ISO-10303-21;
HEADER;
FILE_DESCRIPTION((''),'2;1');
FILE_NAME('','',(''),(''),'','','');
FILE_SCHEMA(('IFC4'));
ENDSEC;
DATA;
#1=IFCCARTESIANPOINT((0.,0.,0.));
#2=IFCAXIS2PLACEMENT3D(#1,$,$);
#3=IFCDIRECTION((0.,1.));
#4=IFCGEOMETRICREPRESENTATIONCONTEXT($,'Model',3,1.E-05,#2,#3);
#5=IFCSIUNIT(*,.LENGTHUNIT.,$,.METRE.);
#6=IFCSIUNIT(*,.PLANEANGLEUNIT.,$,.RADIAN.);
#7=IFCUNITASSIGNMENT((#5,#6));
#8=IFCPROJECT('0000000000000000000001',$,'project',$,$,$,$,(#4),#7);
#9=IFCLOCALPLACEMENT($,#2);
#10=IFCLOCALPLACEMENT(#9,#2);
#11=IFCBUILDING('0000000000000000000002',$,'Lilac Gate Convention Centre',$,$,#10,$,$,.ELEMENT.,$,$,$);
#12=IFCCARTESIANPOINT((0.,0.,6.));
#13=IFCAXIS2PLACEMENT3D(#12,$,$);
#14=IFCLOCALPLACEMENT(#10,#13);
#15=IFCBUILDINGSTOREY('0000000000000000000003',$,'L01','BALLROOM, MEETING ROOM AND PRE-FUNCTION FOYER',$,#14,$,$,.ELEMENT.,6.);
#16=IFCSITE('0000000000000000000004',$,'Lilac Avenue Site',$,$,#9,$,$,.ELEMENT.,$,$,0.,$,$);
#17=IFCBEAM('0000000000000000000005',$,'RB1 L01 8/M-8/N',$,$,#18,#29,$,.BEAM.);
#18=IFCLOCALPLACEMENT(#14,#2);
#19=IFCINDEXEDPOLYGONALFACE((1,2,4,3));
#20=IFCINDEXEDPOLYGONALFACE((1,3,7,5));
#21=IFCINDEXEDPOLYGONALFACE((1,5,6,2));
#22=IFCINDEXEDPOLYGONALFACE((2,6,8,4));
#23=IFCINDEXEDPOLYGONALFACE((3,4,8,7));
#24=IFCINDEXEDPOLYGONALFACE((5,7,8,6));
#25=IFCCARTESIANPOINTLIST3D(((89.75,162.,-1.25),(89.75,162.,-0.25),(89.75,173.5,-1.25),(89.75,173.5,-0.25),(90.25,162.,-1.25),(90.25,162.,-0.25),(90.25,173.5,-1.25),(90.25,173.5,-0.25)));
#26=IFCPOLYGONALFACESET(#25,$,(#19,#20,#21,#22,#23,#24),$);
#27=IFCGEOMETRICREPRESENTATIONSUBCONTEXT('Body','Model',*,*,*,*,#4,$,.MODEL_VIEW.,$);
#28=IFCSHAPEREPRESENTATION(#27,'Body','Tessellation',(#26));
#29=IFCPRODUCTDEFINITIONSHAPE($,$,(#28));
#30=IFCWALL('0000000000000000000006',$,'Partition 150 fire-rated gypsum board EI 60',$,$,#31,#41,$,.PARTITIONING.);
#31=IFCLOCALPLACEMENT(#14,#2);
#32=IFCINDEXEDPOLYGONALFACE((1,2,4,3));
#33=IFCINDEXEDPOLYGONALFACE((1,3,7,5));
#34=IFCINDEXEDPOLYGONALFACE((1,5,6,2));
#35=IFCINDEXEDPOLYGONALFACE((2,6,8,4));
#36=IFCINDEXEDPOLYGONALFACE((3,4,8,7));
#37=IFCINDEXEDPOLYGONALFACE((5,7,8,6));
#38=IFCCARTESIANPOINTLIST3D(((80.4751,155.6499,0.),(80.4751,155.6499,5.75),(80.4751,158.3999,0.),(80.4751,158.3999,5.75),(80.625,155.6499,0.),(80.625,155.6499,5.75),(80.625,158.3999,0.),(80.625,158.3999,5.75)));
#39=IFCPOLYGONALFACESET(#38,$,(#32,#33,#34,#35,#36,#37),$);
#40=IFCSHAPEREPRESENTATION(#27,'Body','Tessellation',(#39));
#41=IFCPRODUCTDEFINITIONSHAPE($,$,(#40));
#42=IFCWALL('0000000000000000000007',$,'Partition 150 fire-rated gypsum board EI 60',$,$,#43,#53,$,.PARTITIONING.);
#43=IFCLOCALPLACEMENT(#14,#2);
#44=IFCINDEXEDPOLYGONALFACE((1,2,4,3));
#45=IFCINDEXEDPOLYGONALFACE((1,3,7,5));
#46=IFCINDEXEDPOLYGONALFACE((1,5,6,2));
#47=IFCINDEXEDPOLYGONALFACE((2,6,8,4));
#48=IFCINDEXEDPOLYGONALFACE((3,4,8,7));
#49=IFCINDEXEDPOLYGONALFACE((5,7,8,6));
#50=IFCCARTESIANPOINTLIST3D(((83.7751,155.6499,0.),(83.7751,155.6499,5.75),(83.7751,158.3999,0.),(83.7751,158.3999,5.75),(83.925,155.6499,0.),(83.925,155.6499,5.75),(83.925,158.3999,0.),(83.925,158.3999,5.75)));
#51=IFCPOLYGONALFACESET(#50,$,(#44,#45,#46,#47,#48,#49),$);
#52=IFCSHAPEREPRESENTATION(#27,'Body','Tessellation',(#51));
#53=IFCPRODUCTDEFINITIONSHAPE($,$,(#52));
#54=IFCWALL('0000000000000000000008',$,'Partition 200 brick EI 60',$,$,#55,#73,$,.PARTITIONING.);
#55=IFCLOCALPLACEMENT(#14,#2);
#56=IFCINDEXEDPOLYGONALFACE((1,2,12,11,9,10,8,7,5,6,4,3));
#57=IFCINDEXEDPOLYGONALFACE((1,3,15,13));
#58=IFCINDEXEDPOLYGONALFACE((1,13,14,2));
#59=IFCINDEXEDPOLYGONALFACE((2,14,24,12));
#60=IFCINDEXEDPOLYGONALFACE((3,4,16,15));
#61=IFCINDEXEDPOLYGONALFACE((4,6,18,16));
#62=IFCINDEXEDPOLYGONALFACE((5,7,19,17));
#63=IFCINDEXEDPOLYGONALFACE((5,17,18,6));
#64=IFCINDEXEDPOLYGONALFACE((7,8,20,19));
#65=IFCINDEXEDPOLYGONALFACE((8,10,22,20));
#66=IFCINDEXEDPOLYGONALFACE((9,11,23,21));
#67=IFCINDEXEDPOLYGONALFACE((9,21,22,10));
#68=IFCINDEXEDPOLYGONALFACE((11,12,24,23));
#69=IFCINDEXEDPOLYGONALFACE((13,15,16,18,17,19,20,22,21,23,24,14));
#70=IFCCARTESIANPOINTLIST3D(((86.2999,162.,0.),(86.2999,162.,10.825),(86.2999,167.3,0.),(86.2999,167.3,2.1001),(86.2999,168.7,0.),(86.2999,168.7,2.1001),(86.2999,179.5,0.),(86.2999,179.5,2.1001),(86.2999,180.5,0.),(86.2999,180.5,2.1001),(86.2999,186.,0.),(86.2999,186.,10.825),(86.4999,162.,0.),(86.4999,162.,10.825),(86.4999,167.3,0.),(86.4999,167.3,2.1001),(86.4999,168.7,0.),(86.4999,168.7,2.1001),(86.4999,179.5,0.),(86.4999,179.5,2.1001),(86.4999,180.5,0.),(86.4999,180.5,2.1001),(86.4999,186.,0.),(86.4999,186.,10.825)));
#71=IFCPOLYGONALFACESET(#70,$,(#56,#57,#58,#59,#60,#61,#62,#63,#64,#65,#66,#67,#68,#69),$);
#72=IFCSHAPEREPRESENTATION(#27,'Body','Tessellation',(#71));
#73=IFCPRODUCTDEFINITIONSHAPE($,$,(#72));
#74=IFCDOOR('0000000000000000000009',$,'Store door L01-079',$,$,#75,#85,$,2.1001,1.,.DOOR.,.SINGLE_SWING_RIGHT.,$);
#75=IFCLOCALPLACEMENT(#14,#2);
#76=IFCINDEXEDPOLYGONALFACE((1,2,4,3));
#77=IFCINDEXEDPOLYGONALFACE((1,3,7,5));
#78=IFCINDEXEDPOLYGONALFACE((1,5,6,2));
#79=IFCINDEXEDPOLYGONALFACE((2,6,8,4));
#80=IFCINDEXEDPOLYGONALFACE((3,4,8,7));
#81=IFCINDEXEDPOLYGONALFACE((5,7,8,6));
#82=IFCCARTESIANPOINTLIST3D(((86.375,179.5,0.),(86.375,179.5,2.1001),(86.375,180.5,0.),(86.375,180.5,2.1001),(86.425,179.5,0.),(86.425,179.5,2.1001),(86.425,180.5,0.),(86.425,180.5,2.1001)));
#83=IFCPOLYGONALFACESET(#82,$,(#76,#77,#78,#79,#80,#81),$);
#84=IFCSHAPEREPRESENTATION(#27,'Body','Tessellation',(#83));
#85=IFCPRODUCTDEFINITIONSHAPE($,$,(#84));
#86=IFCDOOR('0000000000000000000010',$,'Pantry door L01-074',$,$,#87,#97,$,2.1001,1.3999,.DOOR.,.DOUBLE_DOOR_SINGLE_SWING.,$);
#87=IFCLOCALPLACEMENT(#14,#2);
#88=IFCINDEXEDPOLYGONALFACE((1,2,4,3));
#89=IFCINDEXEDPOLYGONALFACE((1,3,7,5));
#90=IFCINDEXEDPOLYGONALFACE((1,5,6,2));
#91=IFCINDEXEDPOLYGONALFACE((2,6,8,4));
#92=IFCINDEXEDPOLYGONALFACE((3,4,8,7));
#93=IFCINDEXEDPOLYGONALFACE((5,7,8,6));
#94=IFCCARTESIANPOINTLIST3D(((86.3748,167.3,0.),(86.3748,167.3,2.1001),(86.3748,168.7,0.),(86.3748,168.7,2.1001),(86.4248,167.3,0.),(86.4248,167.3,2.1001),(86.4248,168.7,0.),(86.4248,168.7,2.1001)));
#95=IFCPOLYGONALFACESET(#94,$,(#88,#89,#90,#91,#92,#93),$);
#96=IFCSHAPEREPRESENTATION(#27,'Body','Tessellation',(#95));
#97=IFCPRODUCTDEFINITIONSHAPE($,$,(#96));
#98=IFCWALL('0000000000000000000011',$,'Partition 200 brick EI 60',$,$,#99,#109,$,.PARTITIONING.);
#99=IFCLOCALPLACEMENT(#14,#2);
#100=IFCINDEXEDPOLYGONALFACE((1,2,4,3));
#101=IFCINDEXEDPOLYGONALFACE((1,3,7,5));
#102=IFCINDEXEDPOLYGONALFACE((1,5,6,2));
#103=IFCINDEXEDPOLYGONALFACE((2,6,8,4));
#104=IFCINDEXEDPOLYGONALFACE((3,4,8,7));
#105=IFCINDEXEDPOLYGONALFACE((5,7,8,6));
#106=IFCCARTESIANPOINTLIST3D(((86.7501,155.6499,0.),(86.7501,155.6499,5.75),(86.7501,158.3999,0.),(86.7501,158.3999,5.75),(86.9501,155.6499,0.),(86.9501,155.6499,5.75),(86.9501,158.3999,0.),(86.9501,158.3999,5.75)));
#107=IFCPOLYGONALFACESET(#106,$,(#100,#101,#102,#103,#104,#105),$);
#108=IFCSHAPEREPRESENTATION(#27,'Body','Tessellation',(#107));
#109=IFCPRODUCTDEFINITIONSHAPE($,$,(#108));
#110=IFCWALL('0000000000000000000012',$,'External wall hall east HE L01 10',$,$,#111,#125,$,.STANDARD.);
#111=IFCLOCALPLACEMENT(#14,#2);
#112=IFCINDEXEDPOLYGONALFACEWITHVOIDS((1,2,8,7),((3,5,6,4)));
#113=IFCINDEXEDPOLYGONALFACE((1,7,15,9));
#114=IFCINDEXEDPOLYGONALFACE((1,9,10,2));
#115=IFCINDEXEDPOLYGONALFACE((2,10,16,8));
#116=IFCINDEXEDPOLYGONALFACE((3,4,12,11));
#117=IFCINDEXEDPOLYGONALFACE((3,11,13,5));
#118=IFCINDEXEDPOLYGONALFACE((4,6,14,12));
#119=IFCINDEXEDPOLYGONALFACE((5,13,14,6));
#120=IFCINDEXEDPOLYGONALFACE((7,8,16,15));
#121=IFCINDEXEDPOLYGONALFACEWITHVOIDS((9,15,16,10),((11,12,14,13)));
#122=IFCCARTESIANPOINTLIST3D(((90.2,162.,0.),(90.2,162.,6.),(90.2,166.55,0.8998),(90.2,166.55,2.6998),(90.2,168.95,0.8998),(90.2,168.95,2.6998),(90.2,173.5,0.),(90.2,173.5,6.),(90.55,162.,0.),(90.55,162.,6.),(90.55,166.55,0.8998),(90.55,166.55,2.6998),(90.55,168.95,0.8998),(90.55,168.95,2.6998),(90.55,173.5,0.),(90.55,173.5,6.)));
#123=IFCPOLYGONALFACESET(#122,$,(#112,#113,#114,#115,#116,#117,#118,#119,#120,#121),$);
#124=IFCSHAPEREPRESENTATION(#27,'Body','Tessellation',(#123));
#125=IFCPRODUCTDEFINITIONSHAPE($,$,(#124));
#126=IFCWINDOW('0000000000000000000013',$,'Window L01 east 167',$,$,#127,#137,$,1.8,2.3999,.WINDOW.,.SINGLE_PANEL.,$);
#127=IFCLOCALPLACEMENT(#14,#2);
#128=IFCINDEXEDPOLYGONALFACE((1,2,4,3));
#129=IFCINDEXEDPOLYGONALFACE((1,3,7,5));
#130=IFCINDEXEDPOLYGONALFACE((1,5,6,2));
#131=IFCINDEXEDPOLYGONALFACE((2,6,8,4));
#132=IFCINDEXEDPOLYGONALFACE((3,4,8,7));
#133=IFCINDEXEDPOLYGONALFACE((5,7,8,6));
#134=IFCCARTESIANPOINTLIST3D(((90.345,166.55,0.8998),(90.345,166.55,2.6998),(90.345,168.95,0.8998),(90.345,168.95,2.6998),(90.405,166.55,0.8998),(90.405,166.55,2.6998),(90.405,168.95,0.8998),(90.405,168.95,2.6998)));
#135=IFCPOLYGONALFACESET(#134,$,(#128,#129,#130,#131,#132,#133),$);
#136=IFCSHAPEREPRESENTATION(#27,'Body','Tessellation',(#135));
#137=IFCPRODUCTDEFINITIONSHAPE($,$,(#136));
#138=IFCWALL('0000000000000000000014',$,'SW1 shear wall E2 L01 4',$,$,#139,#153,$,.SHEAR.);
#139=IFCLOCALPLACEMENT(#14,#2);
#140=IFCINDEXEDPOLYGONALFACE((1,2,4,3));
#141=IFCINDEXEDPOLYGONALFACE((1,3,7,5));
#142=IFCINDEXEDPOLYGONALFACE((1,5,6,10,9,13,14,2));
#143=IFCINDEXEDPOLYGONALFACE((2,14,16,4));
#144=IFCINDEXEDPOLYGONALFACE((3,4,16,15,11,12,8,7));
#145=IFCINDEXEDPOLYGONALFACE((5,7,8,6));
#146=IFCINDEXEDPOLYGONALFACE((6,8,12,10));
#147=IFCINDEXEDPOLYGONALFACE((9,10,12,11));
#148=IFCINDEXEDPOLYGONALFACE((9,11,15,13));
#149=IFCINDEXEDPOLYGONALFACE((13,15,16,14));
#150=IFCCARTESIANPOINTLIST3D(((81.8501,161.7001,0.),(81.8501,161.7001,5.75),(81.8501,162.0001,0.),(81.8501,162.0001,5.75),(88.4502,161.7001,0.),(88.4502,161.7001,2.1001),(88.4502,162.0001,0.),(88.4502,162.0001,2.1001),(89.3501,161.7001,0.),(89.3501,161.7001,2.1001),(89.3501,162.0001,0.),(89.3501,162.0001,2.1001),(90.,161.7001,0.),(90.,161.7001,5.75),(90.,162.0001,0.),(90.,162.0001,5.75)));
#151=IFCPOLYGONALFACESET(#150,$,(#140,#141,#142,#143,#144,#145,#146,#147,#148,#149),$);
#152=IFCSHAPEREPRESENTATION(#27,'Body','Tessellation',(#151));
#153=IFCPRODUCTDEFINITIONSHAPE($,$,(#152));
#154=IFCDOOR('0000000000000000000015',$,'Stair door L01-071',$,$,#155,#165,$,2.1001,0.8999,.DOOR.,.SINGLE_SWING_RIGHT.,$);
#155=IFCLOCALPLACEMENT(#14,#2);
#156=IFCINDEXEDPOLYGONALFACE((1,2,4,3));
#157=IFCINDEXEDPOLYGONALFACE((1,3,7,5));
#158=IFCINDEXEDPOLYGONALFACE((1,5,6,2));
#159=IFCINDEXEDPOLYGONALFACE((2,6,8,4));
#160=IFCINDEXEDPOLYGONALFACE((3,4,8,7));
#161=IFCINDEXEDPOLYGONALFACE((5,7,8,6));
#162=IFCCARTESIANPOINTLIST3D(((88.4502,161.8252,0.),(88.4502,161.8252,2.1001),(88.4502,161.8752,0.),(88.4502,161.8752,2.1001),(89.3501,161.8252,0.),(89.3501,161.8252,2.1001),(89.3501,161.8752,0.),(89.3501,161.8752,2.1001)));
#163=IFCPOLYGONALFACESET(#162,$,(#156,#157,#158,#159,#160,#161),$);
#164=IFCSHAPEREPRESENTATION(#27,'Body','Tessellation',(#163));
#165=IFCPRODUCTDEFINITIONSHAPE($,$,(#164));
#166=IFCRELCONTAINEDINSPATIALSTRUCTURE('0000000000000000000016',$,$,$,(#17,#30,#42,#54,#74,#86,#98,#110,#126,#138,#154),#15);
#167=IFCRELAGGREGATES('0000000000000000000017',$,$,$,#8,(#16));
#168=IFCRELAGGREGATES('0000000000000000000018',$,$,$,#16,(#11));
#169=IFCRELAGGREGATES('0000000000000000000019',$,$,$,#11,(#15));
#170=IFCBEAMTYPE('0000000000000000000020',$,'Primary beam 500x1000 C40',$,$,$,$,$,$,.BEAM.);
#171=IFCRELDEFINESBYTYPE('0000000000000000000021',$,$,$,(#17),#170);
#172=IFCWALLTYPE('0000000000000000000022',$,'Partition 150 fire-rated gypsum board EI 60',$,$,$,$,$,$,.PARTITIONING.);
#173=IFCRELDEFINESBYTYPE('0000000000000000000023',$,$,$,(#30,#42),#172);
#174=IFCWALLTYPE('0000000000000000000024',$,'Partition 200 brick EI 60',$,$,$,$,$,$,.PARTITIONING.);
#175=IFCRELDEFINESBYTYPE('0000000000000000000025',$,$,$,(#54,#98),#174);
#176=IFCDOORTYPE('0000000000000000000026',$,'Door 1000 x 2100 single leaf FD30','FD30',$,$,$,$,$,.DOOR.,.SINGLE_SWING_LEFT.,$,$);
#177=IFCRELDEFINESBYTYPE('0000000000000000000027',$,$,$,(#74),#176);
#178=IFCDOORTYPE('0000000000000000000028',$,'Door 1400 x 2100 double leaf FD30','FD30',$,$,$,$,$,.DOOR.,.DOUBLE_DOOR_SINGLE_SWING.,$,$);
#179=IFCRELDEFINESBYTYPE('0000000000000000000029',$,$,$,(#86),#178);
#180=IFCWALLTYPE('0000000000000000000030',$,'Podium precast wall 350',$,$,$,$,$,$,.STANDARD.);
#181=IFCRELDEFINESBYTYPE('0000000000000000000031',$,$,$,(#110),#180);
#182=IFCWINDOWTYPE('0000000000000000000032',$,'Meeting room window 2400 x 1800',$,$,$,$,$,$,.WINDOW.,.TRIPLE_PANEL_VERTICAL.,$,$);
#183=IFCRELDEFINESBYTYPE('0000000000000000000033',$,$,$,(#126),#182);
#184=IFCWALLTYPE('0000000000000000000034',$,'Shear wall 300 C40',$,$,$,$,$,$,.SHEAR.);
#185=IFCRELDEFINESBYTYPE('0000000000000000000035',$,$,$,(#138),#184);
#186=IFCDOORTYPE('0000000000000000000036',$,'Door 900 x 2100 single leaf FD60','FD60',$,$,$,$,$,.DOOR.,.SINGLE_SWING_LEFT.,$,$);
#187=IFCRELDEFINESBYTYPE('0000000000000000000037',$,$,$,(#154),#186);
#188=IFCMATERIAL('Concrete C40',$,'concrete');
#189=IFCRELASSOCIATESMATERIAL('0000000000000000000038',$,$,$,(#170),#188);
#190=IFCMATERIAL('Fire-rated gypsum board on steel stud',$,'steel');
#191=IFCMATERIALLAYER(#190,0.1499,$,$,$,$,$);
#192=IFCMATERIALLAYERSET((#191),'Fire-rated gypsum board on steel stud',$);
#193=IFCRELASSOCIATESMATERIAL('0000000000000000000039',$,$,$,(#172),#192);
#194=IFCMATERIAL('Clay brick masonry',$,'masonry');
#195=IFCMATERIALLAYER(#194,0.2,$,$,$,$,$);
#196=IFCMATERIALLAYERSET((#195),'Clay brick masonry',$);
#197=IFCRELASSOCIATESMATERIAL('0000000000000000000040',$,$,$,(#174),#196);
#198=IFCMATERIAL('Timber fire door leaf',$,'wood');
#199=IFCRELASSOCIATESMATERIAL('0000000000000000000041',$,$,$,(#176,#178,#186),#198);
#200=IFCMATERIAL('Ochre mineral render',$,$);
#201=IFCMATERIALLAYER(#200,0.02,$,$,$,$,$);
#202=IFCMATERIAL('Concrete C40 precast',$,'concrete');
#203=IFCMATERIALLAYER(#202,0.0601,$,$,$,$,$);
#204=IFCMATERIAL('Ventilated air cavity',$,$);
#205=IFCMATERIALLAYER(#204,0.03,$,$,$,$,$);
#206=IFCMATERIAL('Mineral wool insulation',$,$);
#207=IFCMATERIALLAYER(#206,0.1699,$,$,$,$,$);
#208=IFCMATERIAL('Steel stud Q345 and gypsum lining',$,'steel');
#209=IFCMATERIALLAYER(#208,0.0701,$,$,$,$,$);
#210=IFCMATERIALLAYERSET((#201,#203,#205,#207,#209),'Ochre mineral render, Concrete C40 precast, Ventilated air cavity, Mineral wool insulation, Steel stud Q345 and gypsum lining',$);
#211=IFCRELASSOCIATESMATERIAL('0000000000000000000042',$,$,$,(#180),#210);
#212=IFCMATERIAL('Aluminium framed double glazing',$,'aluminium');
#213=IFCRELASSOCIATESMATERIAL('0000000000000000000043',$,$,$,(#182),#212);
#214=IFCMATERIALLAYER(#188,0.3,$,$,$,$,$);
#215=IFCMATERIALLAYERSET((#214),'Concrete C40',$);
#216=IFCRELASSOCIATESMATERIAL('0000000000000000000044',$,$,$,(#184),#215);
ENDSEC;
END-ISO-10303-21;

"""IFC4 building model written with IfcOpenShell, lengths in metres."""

from ifc_helpers import new_model, si_unit, direction, frame, frame_2d, origin, origin_2d, place, context, subcontext, project, spatial, rectangle, extrude, material, layer, layer_set, material_profile, profile_set, type_object, element, fill, save


model = new_model("IFC4")

# Units and contexts
model_context = context("Model", 3, precision=1e-05, world=origin(), true_north=direction((0.0, 1.0)))
body_context = subcontext(model_context, "Body", "Model", "MODEL_VIEW")
ifc_project = project(units=[si_unit("LENGTHUNIT", "METRE"), si_unit("PLANEANGLEUNIT", "RADIAN")], contexts=[model_context])

# Site, building, storey
site_placement = place(None, origin())
site = spatial("IfcSite", under=ifc_project, at=site_placement, Name="Lilac Avenue Site", CompositionType="ELEMENT", RefElevation=0.0)
building_placement = place(site_placement, origin())
building = spatial("IfcBuilding", under=site, at=building_placement, Name="Lilac Gate Convention Centre", CompositionType="ELEMENT")
storey_placement = place(building_placement, frame((0.0, 0.0, 6.0)))
storey = spatial("IfcBuildingStorey", under=building, at=storey_placement, Name="L01", Description="BALLROOM, MEETING ROOM AND PRE-FUNCTION FOYER", CompositionType="ELEMENT", Elevation=6.0)

# Beam
ifc_material_1 = material(Name="Concrete C40", Category="concrete")
ifc_material_profile = material_profile(ifc_material_1, rectangle(XDim=0.5, YDim=1.0, at=origin_2d()), Name="RC 500x1000")
ifc_profile_set = profile_set([ifc_material_profile], Name="Concrete C40")
beam_type = type_object("IfcBeamType", Name="Primary beam 500x1000 C40", PredefinedType="BEAM", material=ifc_profile_set)
beam_placement = place(storey_placement, frame((90.0, 162.0, -0.75), z_axis=(0.0, 1.0, 0.0), x_axis=(-1.0, 0.0, 0.0)))
element("IfcBeam", 1, at=beam_placement, inside=storey, type_object=beam_type, Name="RB1 L01 8/M-8/N", PredefinedType="BEAM", context=body_context, shape_type="SweptSolid", body=[
    extrude(rectangle(XDim=0.5, YDim=1.0, at=origin_2d()), origin(), (0.0, 0.0, 1.0), 11.5),
])

# Walls
ifc_material_2 = material(Name="Fire-rated gypsum board on steel stud", Category="steel")
ifc_layer_1 = layer(ifc_material_2, 0.1499)
ifc_layer_set_1 = layer_set([ifc_layer_1], Name="Fire-rated gypsum board on steel stud")
wall_type_1 = type_object("IfcWallType", Name="Partition 150 fire-rated gypsum board EI 60", PredefinedType="PARTITIONING", material=ifc_layer_set_1)
for number, where, z_axis, x_axis, name in (
    (2, (80.55, 155.6499, 0.0), (0.0, 0.0, 1.0), (0.0, 1.0, 0.0), "Partition 150 fire-rated gypsum board EI 60"),
    (3, (83.8501, 155.6499, 0.0), (0.0, 0.0, 1.0), (0.0, 1.0, 0.0), "Partition 150 fire-rated gypsum board EI 60"),
):
    element("IfcWall", number, at=place(storey_placement, frame(where, z_axis=z_axis, x_axis=x_axis)), inside=storey, type_object=wall_type_1, Name=name, PredefinedType="PARTITIONING", context=body_context, shape_type="SweptSolid", body=[
        extrude(rectangle(XDim=2.75, YDim=0.1499, at=frame_2d((1.375, 0.0))), origin(), (0.0, 0.0, 1.0), 5.75),
    ])

# Wall, openings, doors
ifc_material_3 = material(Name="Clay brick masonry", Category="masonry")
ifc_layer_2 = layer(ifc_material_3, 0.2)
ifc_layer_set_2 = layer_set([ifc_layer_2], Name="Clay brick masonry")
wall_type_2 = type_object("IfcWallType", Name="Partition 200 brick EI 60", PredefinedType="PARTITIONING", material=ifc_layer_set_2)
wall_1_placement = place(storey_placement, frame((86.3999, 162.0, 0.0), z_axis=(0.0, 0.0, 1.0), x_axis=(0.0, 1.0, 0.0)))
wall_1 = element("IfcWall", 4, at=wall_1_placement, inside=storey, type_object=wall_type_2, Name="Partition 200 brick EI 60", PredefinedType="PARTITIONING", context=body_context, shape_type="SweptSolid", body=[
    extrude(rectangle(XDim=24.0, YDim=0.2, at=frame_2d((12.0, 0.0))), origin(), (0.0, 0.0, 1.0), 10.825),
])
opening_1_placement = place(wall_1_placement, frame((5.3, 0.0, 0.0)))
opening_1 = element("IfcOpeningElement", 5, at=opening_1_placement, cuts=wall_1, PredefinedType="OPENING", context=body_context, shape_type="SweptSolid", body=[
    extrude(rectangle(XDim=1.3999, YDim=2.1001, at=frame_2d((0.7, 1.05))), frame((0.0, 0.1099, 0.0), z_axis=(0.0, -1.0, 0.0), x_axis=(1.0, 0.0, 0.0)), (0.0, 0.0, 1.0), 0.22),
])
opening_2_placement = place(wall_1_placement, frame((17.5, 0.0, 0.0)))
opening_2 = element("IfcOpeningElement", 6, at=opening_2_placement, cuts=wall_1, PredefinedType="OPENING", context=body_context, shape_type="SweptSolid", body=[
    extrude(rectangle(XDim=1.0, YDim=2.1001, at=frame_2d((0.5, 1.05))), frame((0.0, 0.1099, 0.0), z_axis=(0.0, -1.0, 0.0), x_axis=(1.0, 0.0, 0.0)), (0.0, 0.0, 1.0), 0.22),
])
ifc_material_4 = material(Name="Timber fire door leaf", Category="wood")
door_type_1 = type_object("IfcDoorType", Name="Door 1000 x 2100 single leaf FD30", Description="FD30", OperationType="SINGLE_SWING_LEFT", PredefinedType="DOOR", material=ifc_material_4)
door_1_placement = place(opening_2_placement, origin())
door_1 = element("IfcDoor", 7, at=door_1_placement, inside=storey, type_object=door_type_1, Name="Store door L01-079", OperationType="SINGLE_SWING_RIGHT", OverallHeight=2.1001, OverallWidth=1.0, PredefinedType="DOOR", context=body_context, shape_type="SweptSolid", body=[
    extrude(rectangle(XDim=1.0, YDim=2.1001, at=frame_2d((0.5, 1.05))), frame((0.0, 0.0249, 0.0), z_axis=(0.0, -1.0, 0.0), x_axis=(1.0, 0.0, 0.0)), (0.0, 0.0, 1.0), 0.05),
])
fill(opening_2, door_1)
door_type_2 = type_object("IfcDoorType", Name="Door 1400 x 2100 double leaf FD30", Description="FD30", OperationType="DOUBLE_DOOR_SINGLE_SWING", PredefinedType="DOOR", material=ifc_material_4)
door_2_placement = place(opening_1_placement, frame((1.3999, 0.0, 0.0), z_axis=(0.0, 0.0, 1.0), x_axis=(-1.0, 0.0, 0.0)))
door_2 = element("IfcDoor", 8, at=door_2_placement, inside=storey, type_object=door_type_2, Name="Pantry door L01-074", OperationType="DOUBLE_DOOR_SINGLE_SWING", OverallHeight=2.1001, OverallWidth=1.3999, PredefinedType="DOOR", context=body_context, shape_type="SweptSolid", body=[
    extrude(rectangle(XDim=1.3999, YDim=2.1001, at=frame_2d((0.7, 1.05))), frame((0.0, 0.0249, 0.0), z_axis=(0.0, -1.0, 0.0), x_axis=(1.0, 0.0, 0.0)), (0.0, 0.0, 1.0), 0.05),
])
fill(opening_1, door_2)

# Wall
wall_2_placement = place(storey_placement, frame((86.8501, 155.6499, 0.0), z_axis=(0.0, 0.0, 1.0), x_axis=(0.0, 1.0, 0.0)))
element("IfcWall", 9, at=wall_2_placement, inside=storey, type_object=wall_type_2, Name="Partition 200 brick EI 60", PredefinedType="PARTITIONING", context=body_context, shape_type="SweptSolid", body=[
    extrude(rectangle(XDim=2.75, YDim=0.2, at=frame_2d((1.375, 0.0))), origin(), (0.0, 0.0, 1.0), 5.75),
])

# Wall, opening, window
ifc_material_5 = material(Name="Ochre mineral render")
ifc_layer_3 = layer(ifc_material_5, 0.02)
ifc_material_6 = material(Name="Concrete C40 precast", Category="concrete")
ifc_layer_4 = layer(ifc_material_6, 0.0601)
ifc_material_7 = material(Name="Ventilated air cavity")
ifc_layer_5 = layer(ifc_material_7, 0.03)
ifc_material_8 = material(Name="Mineral wool insulation")
ifc_layer_6 = layer(ifc_material_8, 0.1699)
ifc_material_9 = material(Name="Steel stud Q345 and gypsum lining", Category="steel")
ifc_layer_7 = layer(ifc_material_9, 0.0701)
ifc_layer_set_3 = layer_set([ifc_layer_3, ifc_layer_4, ifc_layer_5, ifc_layer_6, ifc_layer_7], Name="Ochre mineral render, Concrete C40 precast, Ventilated air cavity, Mineral wool insulation, Steel stud Q345 and gypsum lining")
wall_type_3 = type_object("IfcWallType", Name="Podium precast wall 350", PredefinedType="STANDARD", material=ifc_layer_set_3)
wall_3_placement = place(storey_placement, frame((90.375, 162.0, 0.0), z_axis=(0.0, 0.0, 1.0), x_axis=(0.0, 1.0, 0.0)))
wall_3 = element("IfcWall", 10, at=wall_3_placement, inside=storey, type_object=wall_type_3, Name="External wall hall east HE L01 10", PredefinedType="STANDARD", context=body_context, shape_type="SweptSolid", body=[
    extrude(rectangle(XDim=11.5, YDim=0.3501, at=frame_2d((5.75, 0.0))), origin(), (0.0, 0.0, 1.0), 6.0),
])
opening_3_placement = place(wall_3_placement, frame((4.55, 0.0, 0.8999)))
opening_3 = element("IfcOpeningElement", 11, at=opening_3_placement, cuts=wall_3, PredefinedType="OPENING", context=body_context, shape_type="SweptSolid", body=[
    extrude(rectangle(XDim=2.3999, YDim=1.8, at=frame_2d((1.2, 0.8999))), frame((0.0, 0.1851, 0.0), z_axis=(0.0, -1.0, 0.0), x_axis=(1.0, 0.0, 0.0)), (0.0, 0.0, 1.0), 0.3701),
])
ifc_material_10 = material(Name="Aluminium framed double glazing", Category="aluminium")
window_type = type_object("IfcWindowType", Name="Meeting room window 2400 x 1800", PartitioningType="TRIPLE_PANEL_VERTICAL", PredefinedType="WINDOW", material=ifc_material_10)
window_placement = place(opening_3_placement, origin())
window = element("IfcWindow", 12, at=window_placement, inside=storey, type_object=window_type, Name="Window L01 east 167", OverallHeight=1.8, OverallWidth=2.3999, PartitioningType="SINGLE_PANEL", PredefinedType="WINDOW", context=body_context, shape_type="SweptSolid", body=[
    extrude(rectangle(XDim=2.3999, YDim=1.8, at=frame_2d((1.2, 0.8999))), frame((0.0, 0.03, 0.0), z_axis=(0.0, -1.0, 0.0), x_axis=(1.0, 0.0, 0.0)), (0.0, 0.0, 1.0), 0.0601),
])
fill(opening_3, window)

# Wall, opening, door
ifc_layer_8 = layer(ifc_material_1, 0.3)
ifc_layer_set_4 = layer_set([ifc_layer_8], Name="Concrete C40")
wall_type_4 = type_object("IfcWallType", Name="Shear wall 300 C40", PredefinedType="SHEAR", material=ifc_layer_set_4)
wall_4_placement = place(storey_placement, frame((90.0, 161.8501, 0.0), z_axis=(0.0, 0.0, 1.0), x_axis=(-1.0, 0.0, 0.0)))
wall_4 = element("IfcWall", 13, at=wall_4_placement, inside=storey, type_object=wall_type_4, Name="SW1 shear wall E2 L01 4", PredefinedType="SHEAR", context=body_context, shape_type="SweptSolid", body=[
    extrude(rectangle(XDim=8.1499, YDim=0.3, at=frame_2d((4.075, 0.0))), origin(), (0.0, 0.0, 1.0), 5.75),
])
opening_4_placement = place(wall_4_placement, frame((0.6499, 0.0, 0.0)))
opening_4 = element("IfcOpeningElement", 14, at=opening_4_placement, cuts=wall_4, PredefinedType="OPENING", context=body_context, shape_type="SweptSolid", body=[
    extrude(rectangle(XDim=0.8999, YDim=2.1001, at=frame_2d((0.45, 1.05))), frame((0.0, 0.1599, 0.0), z_axis=(0.0, -1.0, 0.0), x_axis=(1.0, 0.0, 0.0)), (0.0, 0.0, 1.0), 0.3201),
])
door_type_3 = type_object("IfcDoorType", Name="Door 900 x 2100 single leaf FD60", Description="FD60", OperationType="SINGLE_SWING_LEFT", PredefinedType="DOOR", material=ifc_material_4)
door_3_placement = place(opening_4_placement, origin())
door_3 = element("IfcDoor", 15, at=door_3_placement, inside=storey, type_object=door_type_3, Name="Stair door L01-071", OperationType="SINGLE_SWING_RIGHT", OverallHeight=2.1001, OverallWidth=0.8999, PredefinedType="DOOR", context=body_context, shape_type="SweptSolid", body=[
    extrude(rectangle(XDim=0.8999, YDim=2.1001, at=frame_2d((0.45, 1.05))), frame((0.0, 0.0249, 0.0), z_axis=(0.0, -1.0, 0.0), x_axis=(1.0, 0.0, 0.0)), (0.0, 0.0, 1.0), 0.05),
])
fill(opening_4, door_3)

save(model, "model.ifc")
